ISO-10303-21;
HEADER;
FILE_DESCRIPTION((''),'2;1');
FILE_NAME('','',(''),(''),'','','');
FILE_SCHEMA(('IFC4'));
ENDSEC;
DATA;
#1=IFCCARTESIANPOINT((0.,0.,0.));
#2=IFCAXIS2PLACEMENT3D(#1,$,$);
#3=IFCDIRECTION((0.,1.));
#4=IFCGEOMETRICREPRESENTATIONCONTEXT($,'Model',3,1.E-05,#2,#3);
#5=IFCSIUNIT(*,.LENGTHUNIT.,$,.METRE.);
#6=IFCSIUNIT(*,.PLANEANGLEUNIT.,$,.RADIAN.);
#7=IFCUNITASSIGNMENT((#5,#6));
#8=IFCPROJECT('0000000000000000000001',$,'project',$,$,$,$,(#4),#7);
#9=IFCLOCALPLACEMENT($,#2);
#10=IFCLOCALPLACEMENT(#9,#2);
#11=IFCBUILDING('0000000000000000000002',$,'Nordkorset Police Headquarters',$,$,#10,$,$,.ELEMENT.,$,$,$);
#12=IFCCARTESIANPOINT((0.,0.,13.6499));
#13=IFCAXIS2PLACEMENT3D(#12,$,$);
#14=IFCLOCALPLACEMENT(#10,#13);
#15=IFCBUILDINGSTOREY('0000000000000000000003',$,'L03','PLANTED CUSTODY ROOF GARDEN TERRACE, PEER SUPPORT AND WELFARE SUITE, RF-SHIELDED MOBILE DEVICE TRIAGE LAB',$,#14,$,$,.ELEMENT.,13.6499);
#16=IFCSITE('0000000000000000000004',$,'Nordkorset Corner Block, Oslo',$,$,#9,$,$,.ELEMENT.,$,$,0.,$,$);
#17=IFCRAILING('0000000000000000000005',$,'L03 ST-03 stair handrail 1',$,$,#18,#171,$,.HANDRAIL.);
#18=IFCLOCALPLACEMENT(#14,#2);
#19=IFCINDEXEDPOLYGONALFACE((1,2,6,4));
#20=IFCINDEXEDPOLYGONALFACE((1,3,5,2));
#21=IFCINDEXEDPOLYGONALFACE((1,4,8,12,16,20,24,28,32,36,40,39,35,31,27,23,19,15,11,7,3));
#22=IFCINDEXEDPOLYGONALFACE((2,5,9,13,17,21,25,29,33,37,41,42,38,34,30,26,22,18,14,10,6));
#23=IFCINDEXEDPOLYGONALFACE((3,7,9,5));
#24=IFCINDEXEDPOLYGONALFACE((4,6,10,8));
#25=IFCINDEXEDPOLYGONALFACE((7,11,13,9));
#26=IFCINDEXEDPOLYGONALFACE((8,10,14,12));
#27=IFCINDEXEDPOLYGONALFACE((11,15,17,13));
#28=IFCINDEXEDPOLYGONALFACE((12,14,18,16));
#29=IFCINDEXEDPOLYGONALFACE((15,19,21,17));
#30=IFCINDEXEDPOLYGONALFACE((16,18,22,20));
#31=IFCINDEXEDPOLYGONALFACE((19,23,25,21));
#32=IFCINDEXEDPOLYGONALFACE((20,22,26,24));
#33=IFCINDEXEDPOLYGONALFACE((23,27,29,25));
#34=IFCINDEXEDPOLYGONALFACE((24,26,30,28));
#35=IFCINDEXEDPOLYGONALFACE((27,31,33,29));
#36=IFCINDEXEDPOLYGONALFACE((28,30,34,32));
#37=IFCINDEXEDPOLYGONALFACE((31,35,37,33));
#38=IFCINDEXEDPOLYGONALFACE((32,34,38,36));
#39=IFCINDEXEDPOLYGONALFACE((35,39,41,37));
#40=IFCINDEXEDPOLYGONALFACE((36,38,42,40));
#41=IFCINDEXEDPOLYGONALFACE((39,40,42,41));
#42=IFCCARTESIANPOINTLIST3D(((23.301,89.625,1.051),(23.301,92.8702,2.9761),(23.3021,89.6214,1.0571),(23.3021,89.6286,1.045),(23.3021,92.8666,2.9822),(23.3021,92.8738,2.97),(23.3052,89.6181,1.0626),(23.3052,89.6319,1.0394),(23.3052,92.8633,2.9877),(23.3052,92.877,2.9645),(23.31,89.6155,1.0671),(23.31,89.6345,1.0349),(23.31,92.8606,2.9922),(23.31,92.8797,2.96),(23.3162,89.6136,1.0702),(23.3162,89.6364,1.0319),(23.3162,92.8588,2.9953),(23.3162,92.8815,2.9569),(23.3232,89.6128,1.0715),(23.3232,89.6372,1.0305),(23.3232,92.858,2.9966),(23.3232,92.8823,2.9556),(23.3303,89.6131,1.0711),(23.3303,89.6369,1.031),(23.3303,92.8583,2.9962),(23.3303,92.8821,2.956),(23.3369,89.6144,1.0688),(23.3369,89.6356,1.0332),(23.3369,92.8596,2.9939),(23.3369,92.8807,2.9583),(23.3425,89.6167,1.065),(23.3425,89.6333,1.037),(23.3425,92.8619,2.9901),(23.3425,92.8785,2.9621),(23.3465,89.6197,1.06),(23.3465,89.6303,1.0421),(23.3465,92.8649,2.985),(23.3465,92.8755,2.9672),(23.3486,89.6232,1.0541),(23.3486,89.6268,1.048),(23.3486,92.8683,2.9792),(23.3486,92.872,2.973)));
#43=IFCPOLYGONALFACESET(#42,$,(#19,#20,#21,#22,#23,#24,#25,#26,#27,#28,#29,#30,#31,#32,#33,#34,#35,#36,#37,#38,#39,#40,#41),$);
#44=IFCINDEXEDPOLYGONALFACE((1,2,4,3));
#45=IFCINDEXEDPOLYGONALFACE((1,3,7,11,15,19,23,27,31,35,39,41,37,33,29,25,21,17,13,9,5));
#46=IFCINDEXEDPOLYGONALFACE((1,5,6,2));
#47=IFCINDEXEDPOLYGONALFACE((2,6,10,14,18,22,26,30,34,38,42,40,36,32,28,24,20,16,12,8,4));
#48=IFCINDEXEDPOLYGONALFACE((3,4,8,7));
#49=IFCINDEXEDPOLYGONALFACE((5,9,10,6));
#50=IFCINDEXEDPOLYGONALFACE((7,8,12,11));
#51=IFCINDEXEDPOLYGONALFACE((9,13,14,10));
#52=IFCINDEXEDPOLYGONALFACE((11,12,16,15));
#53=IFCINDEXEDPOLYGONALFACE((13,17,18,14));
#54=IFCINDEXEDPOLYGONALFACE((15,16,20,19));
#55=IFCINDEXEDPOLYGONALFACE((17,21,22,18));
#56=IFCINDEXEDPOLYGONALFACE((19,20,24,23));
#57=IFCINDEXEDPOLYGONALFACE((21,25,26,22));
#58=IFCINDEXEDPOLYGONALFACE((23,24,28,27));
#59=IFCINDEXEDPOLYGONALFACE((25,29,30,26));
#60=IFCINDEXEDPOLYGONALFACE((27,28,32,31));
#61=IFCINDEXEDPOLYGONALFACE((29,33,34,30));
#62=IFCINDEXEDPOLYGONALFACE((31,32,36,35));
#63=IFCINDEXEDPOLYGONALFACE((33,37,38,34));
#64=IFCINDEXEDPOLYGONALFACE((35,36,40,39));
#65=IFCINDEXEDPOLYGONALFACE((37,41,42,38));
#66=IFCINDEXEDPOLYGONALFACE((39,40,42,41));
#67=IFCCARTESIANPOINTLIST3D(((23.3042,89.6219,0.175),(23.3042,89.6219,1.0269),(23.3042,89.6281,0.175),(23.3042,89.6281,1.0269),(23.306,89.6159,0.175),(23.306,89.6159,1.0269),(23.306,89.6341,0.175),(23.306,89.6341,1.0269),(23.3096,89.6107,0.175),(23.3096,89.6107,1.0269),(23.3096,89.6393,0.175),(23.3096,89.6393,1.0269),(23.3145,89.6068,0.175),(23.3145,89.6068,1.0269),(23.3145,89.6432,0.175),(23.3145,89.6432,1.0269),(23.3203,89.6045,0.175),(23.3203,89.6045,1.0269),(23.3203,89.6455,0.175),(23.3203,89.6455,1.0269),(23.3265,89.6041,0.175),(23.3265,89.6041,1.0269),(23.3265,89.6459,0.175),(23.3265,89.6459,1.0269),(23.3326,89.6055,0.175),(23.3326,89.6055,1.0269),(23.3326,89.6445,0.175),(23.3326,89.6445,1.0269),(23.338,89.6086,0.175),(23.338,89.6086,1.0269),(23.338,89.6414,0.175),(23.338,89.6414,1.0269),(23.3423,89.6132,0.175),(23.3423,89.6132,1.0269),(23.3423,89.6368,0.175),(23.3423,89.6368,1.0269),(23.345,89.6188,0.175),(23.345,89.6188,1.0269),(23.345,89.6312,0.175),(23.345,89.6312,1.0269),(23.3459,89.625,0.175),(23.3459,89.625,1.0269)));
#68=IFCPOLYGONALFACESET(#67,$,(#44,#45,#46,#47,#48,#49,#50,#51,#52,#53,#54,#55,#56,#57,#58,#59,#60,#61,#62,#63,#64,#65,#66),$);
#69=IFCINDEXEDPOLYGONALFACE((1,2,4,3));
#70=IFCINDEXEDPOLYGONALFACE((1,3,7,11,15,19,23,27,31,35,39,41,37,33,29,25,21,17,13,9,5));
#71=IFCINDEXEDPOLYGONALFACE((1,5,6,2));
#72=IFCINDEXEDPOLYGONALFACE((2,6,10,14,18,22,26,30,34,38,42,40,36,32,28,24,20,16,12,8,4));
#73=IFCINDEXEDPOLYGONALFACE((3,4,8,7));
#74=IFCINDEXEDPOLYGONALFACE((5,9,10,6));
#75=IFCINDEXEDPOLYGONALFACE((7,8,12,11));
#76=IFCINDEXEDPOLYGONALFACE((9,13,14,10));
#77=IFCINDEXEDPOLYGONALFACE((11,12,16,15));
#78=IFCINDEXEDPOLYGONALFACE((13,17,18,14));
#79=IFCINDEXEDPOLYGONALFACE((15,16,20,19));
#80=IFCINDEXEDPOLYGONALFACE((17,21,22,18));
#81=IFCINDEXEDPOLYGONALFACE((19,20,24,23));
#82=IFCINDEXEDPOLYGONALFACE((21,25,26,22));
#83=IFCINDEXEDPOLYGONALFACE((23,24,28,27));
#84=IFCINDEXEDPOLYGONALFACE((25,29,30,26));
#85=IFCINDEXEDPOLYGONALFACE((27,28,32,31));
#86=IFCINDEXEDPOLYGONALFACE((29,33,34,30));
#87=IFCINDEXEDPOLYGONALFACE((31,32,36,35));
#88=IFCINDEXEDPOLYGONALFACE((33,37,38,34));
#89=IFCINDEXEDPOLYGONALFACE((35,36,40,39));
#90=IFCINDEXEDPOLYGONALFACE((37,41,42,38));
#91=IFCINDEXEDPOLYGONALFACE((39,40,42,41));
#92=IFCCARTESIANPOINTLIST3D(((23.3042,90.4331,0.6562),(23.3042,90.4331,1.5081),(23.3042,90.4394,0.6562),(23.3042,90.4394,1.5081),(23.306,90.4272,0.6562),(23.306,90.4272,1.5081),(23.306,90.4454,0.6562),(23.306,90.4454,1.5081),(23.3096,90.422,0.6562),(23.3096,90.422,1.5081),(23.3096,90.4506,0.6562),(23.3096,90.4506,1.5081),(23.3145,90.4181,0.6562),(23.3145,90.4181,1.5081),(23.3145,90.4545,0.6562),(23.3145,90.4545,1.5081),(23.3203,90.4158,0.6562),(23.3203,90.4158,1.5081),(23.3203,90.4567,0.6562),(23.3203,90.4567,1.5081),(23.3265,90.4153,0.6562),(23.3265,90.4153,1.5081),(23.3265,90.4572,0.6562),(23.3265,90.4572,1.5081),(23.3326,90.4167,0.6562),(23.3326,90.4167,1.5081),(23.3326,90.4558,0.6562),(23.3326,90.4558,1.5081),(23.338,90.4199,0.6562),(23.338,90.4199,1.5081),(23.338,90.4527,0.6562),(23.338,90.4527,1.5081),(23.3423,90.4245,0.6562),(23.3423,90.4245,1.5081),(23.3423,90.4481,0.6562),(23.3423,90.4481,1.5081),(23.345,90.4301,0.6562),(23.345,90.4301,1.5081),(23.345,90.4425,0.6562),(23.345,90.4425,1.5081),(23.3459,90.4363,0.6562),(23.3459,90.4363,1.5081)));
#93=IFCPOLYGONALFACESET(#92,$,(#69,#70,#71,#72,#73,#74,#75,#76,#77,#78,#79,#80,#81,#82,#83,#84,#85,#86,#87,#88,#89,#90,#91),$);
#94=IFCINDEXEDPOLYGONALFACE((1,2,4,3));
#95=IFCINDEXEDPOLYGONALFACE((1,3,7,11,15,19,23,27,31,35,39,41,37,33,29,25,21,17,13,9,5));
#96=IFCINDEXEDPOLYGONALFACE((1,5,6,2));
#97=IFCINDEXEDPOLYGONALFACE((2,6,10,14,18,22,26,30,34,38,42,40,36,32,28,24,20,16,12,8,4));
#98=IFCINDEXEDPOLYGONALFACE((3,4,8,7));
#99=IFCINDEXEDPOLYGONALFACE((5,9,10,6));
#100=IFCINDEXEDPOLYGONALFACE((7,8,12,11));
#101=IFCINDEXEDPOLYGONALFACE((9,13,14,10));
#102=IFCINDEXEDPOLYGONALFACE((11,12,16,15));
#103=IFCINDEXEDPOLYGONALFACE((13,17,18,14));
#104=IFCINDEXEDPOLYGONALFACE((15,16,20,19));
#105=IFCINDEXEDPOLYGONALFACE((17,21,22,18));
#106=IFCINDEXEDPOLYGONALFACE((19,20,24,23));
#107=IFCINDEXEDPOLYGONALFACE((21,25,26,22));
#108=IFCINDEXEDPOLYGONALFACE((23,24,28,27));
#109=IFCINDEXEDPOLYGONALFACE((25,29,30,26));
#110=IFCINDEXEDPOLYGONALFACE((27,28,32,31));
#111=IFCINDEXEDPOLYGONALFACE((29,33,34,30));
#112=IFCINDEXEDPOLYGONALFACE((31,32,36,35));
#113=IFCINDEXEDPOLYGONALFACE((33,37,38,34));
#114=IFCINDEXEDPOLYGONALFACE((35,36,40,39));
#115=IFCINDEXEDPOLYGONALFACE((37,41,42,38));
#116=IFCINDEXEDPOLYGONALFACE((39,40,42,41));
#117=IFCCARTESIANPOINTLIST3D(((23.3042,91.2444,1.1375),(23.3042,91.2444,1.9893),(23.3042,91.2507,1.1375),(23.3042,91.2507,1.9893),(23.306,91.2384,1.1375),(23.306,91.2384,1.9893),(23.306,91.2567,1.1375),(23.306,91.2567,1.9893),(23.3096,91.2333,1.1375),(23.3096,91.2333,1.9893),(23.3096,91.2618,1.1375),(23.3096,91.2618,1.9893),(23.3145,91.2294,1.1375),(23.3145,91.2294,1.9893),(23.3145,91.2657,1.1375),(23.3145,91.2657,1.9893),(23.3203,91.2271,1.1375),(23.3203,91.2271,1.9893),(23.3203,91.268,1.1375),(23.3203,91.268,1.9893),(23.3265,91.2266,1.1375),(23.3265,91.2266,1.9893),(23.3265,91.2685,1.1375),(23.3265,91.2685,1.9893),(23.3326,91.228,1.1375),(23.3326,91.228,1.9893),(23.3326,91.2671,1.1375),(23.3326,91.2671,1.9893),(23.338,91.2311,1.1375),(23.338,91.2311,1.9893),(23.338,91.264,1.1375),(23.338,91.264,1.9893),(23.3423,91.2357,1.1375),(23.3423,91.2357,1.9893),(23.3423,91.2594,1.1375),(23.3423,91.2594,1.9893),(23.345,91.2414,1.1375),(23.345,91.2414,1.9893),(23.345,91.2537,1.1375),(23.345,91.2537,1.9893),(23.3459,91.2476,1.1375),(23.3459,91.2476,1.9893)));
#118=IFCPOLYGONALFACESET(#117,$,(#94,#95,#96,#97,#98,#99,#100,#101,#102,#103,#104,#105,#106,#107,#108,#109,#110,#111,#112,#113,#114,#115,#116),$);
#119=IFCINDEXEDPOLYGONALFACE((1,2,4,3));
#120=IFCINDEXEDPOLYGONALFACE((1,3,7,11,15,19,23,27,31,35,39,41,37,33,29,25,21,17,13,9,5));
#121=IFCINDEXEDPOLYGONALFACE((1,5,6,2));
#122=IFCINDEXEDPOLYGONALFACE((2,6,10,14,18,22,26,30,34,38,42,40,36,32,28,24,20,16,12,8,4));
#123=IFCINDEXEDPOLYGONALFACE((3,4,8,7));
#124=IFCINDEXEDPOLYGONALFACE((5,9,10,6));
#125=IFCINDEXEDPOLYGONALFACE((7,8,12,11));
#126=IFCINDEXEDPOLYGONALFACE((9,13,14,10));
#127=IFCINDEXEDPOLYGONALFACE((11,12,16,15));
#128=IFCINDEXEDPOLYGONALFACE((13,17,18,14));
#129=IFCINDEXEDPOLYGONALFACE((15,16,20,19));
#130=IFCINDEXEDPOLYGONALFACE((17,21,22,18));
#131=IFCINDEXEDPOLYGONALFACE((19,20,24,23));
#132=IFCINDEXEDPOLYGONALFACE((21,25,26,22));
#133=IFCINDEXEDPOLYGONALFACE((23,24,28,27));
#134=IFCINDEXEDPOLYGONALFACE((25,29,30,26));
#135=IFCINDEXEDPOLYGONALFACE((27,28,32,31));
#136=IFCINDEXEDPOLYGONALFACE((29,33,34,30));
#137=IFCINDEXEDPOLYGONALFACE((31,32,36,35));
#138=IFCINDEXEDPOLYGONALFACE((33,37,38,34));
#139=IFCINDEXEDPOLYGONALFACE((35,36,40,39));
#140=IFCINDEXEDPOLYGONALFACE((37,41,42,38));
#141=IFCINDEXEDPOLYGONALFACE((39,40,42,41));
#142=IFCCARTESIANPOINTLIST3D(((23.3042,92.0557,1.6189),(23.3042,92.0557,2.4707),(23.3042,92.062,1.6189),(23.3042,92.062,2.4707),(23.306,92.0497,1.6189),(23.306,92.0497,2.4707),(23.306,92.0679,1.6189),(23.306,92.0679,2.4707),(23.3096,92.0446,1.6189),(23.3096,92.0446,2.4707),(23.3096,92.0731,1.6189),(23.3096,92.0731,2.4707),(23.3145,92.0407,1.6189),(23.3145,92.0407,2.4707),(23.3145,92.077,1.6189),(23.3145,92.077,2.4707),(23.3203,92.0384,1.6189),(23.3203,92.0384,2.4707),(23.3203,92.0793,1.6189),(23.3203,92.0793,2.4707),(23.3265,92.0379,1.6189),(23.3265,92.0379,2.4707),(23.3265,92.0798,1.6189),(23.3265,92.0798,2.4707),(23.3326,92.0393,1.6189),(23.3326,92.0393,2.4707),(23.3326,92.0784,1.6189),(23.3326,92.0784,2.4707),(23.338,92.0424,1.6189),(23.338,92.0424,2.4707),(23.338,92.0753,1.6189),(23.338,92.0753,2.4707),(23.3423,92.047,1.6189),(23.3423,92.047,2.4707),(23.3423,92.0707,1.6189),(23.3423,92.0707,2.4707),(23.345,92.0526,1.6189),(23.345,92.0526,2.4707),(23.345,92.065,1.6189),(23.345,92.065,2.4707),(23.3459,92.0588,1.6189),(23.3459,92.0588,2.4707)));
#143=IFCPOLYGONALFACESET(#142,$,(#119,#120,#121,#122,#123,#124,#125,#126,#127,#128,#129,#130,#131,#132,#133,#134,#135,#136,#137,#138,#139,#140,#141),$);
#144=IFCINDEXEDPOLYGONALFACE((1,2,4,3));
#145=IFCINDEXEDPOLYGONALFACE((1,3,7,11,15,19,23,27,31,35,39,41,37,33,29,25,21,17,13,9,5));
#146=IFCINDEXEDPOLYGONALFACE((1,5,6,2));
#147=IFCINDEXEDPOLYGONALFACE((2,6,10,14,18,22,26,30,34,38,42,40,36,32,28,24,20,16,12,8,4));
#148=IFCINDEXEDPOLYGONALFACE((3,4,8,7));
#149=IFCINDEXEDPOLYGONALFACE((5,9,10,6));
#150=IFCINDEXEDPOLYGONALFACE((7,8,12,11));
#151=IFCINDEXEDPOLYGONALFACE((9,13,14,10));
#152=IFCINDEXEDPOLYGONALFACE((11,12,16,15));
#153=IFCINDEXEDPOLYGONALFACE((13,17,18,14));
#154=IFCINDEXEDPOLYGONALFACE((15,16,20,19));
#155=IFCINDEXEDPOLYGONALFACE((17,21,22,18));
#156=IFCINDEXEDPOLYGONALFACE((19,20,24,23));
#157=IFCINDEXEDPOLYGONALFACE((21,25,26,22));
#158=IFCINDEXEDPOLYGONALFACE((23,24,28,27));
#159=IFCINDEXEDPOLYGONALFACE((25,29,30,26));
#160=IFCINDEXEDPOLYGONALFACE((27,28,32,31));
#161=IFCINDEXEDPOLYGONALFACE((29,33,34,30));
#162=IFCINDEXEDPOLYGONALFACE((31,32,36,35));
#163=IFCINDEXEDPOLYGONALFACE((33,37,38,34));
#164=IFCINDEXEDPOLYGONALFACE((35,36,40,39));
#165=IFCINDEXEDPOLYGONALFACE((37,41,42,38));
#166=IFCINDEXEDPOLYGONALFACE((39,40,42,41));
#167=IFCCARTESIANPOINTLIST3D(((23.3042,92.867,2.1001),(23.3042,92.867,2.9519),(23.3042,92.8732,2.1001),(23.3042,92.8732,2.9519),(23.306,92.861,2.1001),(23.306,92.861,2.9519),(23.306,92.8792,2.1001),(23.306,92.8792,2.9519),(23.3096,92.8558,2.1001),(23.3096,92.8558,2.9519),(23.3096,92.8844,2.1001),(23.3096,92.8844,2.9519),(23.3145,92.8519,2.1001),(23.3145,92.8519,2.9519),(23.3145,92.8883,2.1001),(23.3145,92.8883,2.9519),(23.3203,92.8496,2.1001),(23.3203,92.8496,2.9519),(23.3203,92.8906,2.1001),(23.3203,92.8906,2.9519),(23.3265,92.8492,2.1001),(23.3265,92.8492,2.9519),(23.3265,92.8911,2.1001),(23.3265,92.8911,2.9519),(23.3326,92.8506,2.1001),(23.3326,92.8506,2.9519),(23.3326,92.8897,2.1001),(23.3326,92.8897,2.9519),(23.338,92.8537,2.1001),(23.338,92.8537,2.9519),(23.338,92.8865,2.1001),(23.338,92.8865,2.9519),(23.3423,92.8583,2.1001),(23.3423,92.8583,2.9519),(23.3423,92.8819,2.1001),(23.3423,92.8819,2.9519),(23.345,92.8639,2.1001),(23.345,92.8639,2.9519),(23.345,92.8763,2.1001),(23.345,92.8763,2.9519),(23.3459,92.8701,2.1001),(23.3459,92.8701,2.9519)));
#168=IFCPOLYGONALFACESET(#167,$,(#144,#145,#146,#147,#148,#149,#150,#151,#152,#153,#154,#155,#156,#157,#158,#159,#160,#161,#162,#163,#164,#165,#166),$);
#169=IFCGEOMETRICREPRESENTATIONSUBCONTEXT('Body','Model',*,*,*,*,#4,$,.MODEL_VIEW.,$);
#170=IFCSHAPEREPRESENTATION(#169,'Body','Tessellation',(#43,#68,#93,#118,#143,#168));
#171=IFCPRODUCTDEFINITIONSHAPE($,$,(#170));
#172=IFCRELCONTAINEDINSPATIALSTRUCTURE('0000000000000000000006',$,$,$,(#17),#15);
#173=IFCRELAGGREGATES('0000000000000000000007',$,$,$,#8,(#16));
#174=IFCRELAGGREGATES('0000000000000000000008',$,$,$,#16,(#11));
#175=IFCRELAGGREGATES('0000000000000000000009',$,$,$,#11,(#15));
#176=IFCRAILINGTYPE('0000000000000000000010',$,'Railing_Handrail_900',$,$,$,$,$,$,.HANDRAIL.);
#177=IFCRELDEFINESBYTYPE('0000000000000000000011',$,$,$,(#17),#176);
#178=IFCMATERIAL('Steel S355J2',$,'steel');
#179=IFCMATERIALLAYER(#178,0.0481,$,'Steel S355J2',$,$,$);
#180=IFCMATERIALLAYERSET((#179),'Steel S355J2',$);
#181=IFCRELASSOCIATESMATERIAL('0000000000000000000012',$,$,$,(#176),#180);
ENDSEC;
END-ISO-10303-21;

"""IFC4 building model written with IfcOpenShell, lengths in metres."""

from ifc_helpers import new_model, si_unit, direction, frame, origin, origin_2d, place, context, subcontext, project, spatial, circle, extrude, material, layer, layer_set, type_object, element, save


model = new_model("IFC4")

# Units and contexts
model_context = context("Model", 3, precision=1e-05, world=origin(), true_north=direction((0.0, 1.0)))
body_context = subcontext(model_context, "Body", "Model", "MODEL_VIEW")
ifc_project = project(units=[si_unit("LENGTHUNIT", "METRE"), si_unit("PLANEANGLEUNIT", "RADIAN")], contexts=[model_context])

# Site, building, storey
site_placement = place(None, origin())
site = spatial("IfcSite", under=ifc_project, at=site_placement, Name="Nordkorset Corner Block, Oslo", CompositionType="ELEMENT", RefElevation=0.0)
building_placement = place(site_placement, origin())
building = spatial("IfcBuilding", under=site, at=building_placement, Name="Nordkorset Police Headquarters", CompositionType="ELEMENT")
storey_placement = place(building_placement, frame((0.0, 0.0, 13.6499)))
storey = spatial("IfcBuildingStorey", under=building, at=storey_placement, Name="L03", Description="PLANTED CUSTODY ROOF GARDEN TERRACE, PEER SUPPORT AND WELFARE SUITE, RF-SHIELDED MOBILE DEVICE TRIAGE LAB", CompositionType="ELEMENT", Elevation=13.6499)

# Railing
ifc_material_1 = material(Name="Steel S355J2", Category="steel")
ifc_layer_1 = layer(ifc_material_1, 0.0481, Name="Steel S355J2")
ifc_layer_set_1 = layer_set([ifc_layer_1], Name="Steel S355J2")
railing_type_1 = type_object("IfcRailingType", Name="Railing_Handrail_900", PredefinedType="HANDRAIL", material=ifc_layer_set_1)
railing_1_placement = place(storey_placement, frame((23.325, 89.625, 0.175)))
element("IfcRailing", 1, at=railing_1_placement, inside=storey, type_object=railing_type_1, Name="L03 ST-03 stair handrail 1", PredefinedType="HANDRAIL", context=body_context, shape_type="SweptSolid", body=[
    extrude(circle(Radius=0.0239, at=origin_2d()), frame((0.0, 0.0, 0.876), z_axis=(0.0, 0.860057, 0.510198), x_axis=(-1.0, 0.0, 0.0)), (0.0, 0.0, 1.0), 3.7732),
    extrude(circle(Radius=0.021, at=origin_2d()), origin(), (0.0, 0.0, 1.0), 0.8518),
    extrude(circle(Radius=0.021, at=origin_2d()), frame((0.0, 0.8113, 0.4812)), (0.0, 0.0, 1.0), 0.8518),
    extrude(circle(Radius=0.021, at=origin_2d()), frame((0.0, 1.6226, 0.9624)), (0.0, 0.0, 1.0), 0.8518),
    extrude(circle(Radius=0.021, at=origin_2d()), frame((0.0, 2.4338, 1.4438)), (0.0, 0.0, 1.0), 0.8518),
    extrude(circle(Radius=0.021, at=origin_2d()), frame((0.0, 3.2451, 1.925)), (0.0, 0.0, 1.0), 0.8518),
])

save(model, "model.ifc")
